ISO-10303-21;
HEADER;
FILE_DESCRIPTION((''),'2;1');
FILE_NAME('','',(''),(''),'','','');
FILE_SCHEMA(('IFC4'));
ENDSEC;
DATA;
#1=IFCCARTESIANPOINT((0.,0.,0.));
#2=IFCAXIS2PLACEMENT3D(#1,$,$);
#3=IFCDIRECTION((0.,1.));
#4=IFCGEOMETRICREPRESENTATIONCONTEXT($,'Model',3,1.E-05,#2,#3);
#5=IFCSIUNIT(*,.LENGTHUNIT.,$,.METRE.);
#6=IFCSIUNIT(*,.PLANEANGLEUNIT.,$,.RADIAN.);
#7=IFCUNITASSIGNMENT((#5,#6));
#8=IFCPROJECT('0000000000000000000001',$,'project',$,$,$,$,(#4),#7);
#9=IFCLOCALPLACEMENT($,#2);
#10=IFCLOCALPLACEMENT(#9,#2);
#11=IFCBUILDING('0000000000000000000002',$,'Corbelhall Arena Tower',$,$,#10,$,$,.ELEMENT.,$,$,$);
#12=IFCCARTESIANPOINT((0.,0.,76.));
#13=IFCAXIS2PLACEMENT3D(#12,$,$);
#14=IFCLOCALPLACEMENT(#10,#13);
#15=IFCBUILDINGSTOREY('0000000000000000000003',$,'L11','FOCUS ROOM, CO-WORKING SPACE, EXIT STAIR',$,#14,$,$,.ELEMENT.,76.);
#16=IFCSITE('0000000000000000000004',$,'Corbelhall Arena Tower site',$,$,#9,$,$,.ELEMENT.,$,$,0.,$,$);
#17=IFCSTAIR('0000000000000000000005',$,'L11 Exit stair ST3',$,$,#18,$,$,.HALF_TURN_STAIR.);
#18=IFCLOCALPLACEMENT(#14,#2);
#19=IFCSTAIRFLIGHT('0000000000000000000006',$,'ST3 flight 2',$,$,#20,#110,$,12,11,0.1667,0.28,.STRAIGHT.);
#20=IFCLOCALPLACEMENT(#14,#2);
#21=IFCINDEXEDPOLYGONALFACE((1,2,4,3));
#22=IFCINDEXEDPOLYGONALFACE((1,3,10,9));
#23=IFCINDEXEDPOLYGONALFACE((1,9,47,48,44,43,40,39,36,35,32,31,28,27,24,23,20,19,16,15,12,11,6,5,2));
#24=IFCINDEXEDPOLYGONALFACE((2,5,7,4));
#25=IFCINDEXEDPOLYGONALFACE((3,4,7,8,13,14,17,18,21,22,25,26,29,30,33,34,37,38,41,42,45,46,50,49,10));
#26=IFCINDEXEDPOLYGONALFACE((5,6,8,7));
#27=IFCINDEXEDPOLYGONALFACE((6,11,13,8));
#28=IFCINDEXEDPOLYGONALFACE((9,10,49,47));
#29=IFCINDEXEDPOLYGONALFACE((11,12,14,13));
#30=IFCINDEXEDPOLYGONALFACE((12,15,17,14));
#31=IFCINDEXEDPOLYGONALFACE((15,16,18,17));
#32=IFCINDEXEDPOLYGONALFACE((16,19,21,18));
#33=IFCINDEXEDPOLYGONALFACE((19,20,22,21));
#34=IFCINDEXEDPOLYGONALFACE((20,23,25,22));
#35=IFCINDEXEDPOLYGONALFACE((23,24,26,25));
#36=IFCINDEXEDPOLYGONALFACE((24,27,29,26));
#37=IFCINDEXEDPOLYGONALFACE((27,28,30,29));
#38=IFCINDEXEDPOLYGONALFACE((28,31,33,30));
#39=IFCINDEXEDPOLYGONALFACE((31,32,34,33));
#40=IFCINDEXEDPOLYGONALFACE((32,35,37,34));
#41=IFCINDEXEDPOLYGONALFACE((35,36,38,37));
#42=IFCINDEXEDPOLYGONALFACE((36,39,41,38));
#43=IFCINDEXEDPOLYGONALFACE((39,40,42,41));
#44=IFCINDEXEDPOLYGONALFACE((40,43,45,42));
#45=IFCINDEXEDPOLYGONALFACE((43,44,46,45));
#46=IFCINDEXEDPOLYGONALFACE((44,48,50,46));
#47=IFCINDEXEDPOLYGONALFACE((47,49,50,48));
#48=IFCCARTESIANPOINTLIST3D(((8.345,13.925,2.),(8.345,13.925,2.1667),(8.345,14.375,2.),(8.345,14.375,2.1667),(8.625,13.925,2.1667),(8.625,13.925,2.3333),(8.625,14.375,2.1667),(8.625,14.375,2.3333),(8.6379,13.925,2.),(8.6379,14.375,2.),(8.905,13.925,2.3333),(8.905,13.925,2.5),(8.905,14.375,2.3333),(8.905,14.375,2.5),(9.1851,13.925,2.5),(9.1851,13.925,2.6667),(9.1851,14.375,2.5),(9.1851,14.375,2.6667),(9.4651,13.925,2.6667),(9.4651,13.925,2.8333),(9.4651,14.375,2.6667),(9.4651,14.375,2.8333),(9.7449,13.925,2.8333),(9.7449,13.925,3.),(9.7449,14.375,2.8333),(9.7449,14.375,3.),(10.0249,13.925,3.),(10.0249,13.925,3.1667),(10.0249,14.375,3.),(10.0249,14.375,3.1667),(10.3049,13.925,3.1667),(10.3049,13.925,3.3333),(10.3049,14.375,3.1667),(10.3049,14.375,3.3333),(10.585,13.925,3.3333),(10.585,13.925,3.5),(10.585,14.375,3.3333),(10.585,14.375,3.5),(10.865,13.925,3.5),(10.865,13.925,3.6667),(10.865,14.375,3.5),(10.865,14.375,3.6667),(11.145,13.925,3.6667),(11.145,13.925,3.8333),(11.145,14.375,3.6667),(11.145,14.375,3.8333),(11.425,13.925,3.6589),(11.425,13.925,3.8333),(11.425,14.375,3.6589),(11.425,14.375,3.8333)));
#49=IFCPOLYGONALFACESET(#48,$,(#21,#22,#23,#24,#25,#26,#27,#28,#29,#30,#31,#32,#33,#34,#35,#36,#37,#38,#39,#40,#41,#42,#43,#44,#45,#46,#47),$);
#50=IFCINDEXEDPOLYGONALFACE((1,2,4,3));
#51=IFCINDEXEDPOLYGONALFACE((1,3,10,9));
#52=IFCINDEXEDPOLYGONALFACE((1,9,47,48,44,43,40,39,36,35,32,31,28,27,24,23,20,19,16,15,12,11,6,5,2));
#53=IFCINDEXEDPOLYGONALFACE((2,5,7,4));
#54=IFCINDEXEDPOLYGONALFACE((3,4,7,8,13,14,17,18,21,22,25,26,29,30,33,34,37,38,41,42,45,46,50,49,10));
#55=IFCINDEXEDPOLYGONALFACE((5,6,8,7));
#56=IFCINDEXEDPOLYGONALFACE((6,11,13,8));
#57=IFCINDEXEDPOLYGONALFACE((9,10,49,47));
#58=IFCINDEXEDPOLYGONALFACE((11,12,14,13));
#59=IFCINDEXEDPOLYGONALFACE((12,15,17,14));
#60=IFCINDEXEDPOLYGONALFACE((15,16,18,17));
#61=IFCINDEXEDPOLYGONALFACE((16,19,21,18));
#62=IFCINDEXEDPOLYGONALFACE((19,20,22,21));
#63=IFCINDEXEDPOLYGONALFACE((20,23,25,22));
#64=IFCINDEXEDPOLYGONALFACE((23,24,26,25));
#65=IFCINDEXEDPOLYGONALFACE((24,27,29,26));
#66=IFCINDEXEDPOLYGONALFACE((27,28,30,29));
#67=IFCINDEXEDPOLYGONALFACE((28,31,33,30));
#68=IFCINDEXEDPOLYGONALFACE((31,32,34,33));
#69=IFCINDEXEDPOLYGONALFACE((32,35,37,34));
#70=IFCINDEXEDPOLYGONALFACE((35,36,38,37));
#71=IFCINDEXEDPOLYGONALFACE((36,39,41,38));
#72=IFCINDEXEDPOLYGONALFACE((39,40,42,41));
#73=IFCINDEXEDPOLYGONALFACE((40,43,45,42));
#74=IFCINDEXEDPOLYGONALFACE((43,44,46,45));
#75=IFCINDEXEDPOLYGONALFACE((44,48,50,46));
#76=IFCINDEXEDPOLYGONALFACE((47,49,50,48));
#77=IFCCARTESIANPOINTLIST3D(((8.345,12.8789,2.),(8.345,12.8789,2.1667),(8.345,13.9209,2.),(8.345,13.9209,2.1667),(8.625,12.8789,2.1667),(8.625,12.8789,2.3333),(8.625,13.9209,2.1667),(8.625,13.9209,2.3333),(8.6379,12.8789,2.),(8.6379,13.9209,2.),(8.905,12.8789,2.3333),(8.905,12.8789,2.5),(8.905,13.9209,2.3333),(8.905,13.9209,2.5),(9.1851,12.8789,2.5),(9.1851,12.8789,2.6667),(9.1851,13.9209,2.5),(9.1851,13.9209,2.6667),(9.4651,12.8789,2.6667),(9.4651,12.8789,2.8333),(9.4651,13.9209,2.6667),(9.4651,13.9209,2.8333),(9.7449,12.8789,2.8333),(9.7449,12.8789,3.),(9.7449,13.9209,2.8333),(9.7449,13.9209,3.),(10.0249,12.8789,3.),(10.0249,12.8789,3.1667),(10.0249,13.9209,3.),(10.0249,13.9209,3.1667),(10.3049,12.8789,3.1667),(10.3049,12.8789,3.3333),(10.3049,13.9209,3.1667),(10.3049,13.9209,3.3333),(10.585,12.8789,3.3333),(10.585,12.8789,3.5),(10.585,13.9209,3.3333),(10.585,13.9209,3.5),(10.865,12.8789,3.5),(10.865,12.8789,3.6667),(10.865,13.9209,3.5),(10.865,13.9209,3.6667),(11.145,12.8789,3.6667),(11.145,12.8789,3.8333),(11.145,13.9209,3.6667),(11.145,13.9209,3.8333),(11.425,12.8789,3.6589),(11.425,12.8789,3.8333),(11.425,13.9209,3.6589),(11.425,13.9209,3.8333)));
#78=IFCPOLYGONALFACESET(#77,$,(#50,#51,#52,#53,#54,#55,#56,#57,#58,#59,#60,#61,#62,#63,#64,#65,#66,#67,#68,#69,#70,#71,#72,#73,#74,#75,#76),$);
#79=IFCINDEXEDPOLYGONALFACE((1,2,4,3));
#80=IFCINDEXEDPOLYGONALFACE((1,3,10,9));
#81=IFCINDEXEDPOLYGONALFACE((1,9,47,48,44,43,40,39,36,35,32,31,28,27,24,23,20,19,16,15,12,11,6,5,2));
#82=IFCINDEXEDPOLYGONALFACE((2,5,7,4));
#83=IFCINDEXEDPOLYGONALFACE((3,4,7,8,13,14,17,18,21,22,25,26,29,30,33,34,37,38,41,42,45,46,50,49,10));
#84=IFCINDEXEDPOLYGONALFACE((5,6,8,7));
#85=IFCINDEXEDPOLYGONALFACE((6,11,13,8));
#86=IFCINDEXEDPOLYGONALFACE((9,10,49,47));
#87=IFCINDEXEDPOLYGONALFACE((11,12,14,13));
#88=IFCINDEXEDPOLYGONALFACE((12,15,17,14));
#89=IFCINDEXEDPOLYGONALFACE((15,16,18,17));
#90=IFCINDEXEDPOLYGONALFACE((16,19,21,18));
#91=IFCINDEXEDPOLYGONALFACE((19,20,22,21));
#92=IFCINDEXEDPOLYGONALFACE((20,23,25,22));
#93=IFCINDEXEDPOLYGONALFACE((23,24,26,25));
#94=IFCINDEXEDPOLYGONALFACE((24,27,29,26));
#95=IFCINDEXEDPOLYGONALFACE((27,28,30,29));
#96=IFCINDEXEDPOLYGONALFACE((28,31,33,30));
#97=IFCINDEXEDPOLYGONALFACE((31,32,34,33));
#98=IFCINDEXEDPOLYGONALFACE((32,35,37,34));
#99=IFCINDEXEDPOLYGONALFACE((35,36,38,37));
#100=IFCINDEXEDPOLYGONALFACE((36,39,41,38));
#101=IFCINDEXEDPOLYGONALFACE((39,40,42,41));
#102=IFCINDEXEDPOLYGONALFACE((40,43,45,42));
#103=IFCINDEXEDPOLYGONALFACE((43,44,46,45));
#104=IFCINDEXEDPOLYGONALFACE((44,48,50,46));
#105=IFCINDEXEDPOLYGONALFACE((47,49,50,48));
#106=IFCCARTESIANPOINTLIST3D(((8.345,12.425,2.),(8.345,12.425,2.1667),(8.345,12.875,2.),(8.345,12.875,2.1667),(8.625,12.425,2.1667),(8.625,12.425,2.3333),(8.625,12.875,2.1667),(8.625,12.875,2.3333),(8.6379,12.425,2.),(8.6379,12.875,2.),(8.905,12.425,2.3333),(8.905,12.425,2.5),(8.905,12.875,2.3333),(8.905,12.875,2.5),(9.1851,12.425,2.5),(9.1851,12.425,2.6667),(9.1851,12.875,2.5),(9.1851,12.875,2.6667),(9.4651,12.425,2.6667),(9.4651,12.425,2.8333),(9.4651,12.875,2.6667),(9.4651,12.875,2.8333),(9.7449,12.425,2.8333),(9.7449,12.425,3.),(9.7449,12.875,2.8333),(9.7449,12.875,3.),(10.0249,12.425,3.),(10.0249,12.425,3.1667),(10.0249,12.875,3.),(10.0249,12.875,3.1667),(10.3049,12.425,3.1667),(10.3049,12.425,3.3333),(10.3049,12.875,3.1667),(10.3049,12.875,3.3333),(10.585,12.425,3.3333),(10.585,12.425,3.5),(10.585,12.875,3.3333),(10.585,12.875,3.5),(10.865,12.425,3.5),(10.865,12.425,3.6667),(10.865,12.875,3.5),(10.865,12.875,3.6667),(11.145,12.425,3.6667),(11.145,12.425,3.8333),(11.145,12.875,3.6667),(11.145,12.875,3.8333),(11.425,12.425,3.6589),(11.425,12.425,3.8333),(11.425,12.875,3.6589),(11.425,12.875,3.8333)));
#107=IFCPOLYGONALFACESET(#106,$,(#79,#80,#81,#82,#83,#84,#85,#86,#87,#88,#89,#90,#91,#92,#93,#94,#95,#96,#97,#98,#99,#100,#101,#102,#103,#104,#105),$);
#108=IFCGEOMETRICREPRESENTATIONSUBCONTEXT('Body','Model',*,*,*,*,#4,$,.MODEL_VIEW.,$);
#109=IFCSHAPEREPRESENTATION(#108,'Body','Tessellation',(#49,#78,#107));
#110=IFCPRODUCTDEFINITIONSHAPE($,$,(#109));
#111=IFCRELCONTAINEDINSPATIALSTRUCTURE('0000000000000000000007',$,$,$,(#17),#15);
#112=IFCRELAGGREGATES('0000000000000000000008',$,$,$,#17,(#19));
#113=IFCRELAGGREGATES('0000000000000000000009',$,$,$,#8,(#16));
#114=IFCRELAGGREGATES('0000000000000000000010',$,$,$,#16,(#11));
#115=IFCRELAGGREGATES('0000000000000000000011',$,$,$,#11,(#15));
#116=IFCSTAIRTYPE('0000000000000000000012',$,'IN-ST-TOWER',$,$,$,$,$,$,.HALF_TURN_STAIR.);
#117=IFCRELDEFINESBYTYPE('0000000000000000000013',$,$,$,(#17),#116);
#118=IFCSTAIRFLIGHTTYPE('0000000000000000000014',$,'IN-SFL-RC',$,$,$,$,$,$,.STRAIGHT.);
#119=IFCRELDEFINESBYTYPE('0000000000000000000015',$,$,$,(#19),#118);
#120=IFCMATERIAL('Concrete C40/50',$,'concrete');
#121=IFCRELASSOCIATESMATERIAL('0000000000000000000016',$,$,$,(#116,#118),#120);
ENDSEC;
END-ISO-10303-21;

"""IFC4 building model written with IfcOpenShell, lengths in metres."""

from ifc_helpers import new_model, si_unit, direction, frame, origin, place, context, subcontext, project, spatial, polyline, outline, extrude, material, type_object, element, aggregate, save


model = new_model("IFC4")

# Units and contexts
model_context = context("Model", 3, precision=1e-05, world=origin(), true_north=direction((0.0, 1.0)))
body_context = subcontext(model_context, "Body", "Model", "MODEL_VIEW")
ifc_project = project(units=[si_unit("LENGTHUNIT", "METRE"), si_unit("PLANEANGLEUNIT", "RADIAN")], contexts=[model_context])

# Site, building, storey
site_placement = place(None, origin())
site = spatial("IfcSite", under=ifc_project, at=site_placement, Name="Corbelhall Arena Tower site", CompositionType="ELEMENT", RefElevation=0.0)
building_placement = place(site_placement, origin())
building = spatial("IfcBuilding", under=site, at=building_placement, Name="Corbelhall Arena Tower", CompositionType="ELEMENT")
storey_placement = place(building_placement, frame((0.0, 0.0, 76.0)))
storey = spatial("IfcBuildingStorey", under=building, at=storey_placement, Name="L11", Description="FOCUS ROOM, CO-WORKING SPACE, EXIT STAIR", CompositionType="ELEMENT", Elevation=76.0)

# Shared definitions
ifc_material_1 = material(Name="Concrete C40/50", Category="concrete")

# Stair, stair flight
stair_type = type_object("IfcStairType", Name="IN-ST-TOWER", PredefinedType="HALF_TURN_STAIR", material=ifc_material_1)
stair_placement = place(storey_placement, origin())
stair = element("IfcStair", 1, at=stair_placement, inside=storey, type_object=stair_type, Name="L11 Exit stair ST3", PredefinedType="HALF_TURN_STAIR")
stair_flight_type = type_object("IfcStairFlightType", Name="IN-SFL-RC", PredefinedType="STRAIGHT", material=ifc_material_1)
stair_flight_1_placement = place(storey_placement, frame((8.345, 13.3999, 2.0), z_axis=(0.0, 0.0, 1.0), x_axis=(1.0, 0.0, 0.0)))
stair_flight_1 = element("IfcStairFlight", 2, at=stair_flight_1_placement, type_object=stair_flight_type, Name="ST3 flight 2", NumberOfRisers=12, NumberOfTreads=11, PredefinedType="STRAIGHT", RiserHeight=0.1667, TreadLength=0.28, context=body_context, shape_type="SweptSolid", body=[
    extrude(outline(polyline([(0.0, 0.0), (0.0, 0.1667), (0.28, 0.1667), (0.28, 0.3333), (0.5601, 0.3333), (0.5601, 0.5), (0.8401, 0.5), (0.8401, 0.6667), (1.1201, 0.6667), (1.1201, 0.8333), (1.3999, 0.8333), (1.3999, 1.0), (1.6799, 1.0), (1.6799, 1.1667), (1.96, 1.1667), (1.96, 1.3333), (2.24, 1.3333), (2.24, 1.5), (2.52, 1.5), (2.52, 1.6667), (2.8, 1.6667), (2.8, 1.8333), (3.0801, 1.8333), (3.0801, 2.0), (3.0801, 1.6589), (0.293, 0.0), (0.0, 0.0)])), frame((0.0, 0.9751, 0.0), z_axis=(0.0, -1.0, 0.0), x_axis=(1.0, 0.0, 0.0)), (0.0, 0.0, 1.0), 0.45),
    extrude(outline(polyline([(0.0, 0.0), (0.0, 0.1667), (0.28, 0.1667), (0.28, 0.3333), (0.5601, 0.3333), (0.5601, 0.5), (0.8401, 0.5), (0.8401, 0.6667), (1.1201, 0.6667), (1.1201, 0.8333), (1.3999, 0.8333), (1.3999, 1.0), (1.6799, 1.0), (1.6799, 1.1667), (1.96, 1.1667), (1.96, 1.3333), (2.24, 1.3333), (2.24, 1.5), (2.52, 1.5), (2.52, 1.6667), (2.8, 1.6667), (2.8, 1.8333), (3.0801, 1.8333), (3.0801, 2.0), (3.0801, 1.6589), (0.293, 0.0), (0.0, 0.0)])), frame((0.0, 0.521, 0.0), z_axis=(0.0, -1.0, 0.0), x_axis=(1.0, 0.0, 0.0)), (0.0, 0.0, 1.0), 1.042),
    extrude(outline(polyline([(0.0, 0.0), (0.0, 0.1667), (0.28, 0.1667), (0.28, 0.3333), (0.5601, 0.3333), (0.5601, 0.5), (0.8401, 0.5), (0.8401, 0.6667), (1.1201, 0.6667), (1.1201, 0.8333), (1.3999, 0.8333), (1.3999, 1.0), (1.6799, 1.0), (1.6799, 1.1667), (1.96, 1.1667), (1.96, 1.3333), (2.24, 1.3333), (2.24, 1.5), (2.52, 1.5), (2.52, 1.6667), (2.8, 1.6667), (2.8, 1.8333), (3.0801, 1.8333), (3.0801, 2.0), (3.0801, 1.6589), (0.293, 0.0), (0.0, 0.0)])), frame((0.0, -0.5249, 0.0), z_axis=(0.0, -1.0, 0.0), x_axis=(1.0, 0.0, 0.0)), (0.0, 0.0, 1.0), 0.45),
])
aggregate(stair, [stair_flight_1])

save(model, "model.ifc")
